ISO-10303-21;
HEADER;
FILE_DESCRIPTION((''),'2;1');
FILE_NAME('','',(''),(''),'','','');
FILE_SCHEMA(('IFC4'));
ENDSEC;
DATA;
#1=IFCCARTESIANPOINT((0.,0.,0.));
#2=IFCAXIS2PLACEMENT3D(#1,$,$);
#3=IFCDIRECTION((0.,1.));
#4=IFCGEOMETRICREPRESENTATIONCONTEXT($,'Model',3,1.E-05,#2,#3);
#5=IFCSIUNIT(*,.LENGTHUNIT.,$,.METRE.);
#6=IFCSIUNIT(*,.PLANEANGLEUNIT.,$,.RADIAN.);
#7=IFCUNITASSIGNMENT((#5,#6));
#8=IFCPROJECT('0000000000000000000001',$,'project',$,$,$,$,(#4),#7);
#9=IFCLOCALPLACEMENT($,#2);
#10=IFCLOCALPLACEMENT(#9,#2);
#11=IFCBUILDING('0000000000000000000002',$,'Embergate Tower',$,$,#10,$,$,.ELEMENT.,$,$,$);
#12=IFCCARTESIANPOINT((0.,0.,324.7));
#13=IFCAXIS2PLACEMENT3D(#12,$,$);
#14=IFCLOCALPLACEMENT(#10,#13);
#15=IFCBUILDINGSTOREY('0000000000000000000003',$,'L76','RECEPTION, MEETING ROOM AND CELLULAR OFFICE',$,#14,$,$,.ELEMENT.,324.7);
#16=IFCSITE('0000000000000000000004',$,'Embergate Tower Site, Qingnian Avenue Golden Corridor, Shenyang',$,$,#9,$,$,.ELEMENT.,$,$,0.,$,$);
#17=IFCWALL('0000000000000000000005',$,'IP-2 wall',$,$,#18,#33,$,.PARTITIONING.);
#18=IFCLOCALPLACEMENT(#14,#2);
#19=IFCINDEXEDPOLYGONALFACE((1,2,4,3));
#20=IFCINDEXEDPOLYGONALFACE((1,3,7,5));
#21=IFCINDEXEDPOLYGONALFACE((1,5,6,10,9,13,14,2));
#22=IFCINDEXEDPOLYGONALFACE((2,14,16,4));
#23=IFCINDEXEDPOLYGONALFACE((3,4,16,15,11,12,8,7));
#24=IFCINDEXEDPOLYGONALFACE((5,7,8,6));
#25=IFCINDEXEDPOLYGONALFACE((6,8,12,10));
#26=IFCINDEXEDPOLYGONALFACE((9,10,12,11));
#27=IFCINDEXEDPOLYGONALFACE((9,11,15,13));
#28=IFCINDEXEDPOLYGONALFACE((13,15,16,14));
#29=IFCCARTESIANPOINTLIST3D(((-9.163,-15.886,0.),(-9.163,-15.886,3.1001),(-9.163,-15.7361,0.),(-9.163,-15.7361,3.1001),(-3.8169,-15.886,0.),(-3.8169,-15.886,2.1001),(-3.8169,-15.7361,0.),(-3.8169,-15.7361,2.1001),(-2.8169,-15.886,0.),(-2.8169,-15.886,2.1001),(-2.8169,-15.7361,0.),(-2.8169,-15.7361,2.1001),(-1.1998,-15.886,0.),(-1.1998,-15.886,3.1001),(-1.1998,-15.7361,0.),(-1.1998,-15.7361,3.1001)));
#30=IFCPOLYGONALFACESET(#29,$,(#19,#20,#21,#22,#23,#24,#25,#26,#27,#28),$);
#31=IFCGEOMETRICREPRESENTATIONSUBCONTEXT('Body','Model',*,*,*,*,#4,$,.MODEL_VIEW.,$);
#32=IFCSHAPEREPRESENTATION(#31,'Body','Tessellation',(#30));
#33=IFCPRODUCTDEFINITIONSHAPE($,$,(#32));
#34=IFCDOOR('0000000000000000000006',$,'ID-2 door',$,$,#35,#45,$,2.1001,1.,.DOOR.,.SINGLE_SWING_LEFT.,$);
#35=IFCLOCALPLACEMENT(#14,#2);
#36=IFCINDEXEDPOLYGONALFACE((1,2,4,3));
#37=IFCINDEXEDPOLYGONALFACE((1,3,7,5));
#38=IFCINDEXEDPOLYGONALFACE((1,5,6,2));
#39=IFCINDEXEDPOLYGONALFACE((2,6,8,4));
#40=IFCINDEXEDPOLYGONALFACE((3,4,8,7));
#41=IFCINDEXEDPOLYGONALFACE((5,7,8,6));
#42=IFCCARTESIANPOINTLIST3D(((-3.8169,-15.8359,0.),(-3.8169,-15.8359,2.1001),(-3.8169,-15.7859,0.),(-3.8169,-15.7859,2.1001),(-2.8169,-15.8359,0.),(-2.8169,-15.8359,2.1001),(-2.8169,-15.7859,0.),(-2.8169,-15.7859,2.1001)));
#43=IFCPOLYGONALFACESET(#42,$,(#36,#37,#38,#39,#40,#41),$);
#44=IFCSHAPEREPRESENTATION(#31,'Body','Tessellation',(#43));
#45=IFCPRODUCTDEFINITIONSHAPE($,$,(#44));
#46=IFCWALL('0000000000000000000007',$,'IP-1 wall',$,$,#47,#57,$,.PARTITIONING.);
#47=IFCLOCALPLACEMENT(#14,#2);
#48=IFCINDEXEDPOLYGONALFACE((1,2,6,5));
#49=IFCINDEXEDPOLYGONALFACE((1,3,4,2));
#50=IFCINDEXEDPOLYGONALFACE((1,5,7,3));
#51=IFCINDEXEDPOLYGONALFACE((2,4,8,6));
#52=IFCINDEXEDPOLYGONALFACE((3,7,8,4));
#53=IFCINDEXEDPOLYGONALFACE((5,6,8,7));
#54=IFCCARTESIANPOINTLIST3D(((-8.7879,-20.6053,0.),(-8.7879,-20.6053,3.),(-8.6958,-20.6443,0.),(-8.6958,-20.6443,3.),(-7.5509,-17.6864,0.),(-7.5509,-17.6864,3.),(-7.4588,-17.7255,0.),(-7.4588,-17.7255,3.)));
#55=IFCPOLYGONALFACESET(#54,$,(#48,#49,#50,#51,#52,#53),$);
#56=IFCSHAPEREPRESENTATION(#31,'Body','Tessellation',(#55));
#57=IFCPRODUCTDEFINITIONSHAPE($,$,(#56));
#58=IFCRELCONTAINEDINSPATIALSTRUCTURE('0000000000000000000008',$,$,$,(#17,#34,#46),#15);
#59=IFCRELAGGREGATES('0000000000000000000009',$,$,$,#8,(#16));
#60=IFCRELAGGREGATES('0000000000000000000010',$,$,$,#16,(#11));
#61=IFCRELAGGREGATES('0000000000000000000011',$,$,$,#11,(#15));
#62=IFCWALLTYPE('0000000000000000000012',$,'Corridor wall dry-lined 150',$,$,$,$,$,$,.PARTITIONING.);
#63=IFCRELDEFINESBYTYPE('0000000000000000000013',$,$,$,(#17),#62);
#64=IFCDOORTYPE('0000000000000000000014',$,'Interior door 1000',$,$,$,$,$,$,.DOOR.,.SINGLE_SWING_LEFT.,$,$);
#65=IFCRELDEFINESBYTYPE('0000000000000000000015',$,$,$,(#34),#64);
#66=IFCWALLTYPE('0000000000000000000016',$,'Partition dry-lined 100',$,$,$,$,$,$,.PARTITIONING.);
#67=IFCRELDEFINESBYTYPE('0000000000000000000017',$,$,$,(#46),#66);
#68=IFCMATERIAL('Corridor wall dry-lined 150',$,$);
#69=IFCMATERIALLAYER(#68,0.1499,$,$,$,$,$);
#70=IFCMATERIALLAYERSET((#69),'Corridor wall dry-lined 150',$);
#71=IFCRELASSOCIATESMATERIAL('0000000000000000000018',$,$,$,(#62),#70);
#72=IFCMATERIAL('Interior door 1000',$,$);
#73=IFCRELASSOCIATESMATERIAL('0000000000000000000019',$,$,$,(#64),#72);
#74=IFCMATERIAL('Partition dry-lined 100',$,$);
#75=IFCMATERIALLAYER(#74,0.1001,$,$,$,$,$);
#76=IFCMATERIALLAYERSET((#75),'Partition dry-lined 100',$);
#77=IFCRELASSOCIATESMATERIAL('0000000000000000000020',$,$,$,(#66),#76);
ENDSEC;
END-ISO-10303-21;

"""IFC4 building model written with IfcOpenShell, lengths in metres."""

from ifc_helpers import new_model, si_unit, direction, frame, frame_2d, origin, place, context, subcontext, project, spatial, rectangle, extrude, source, transform, mapped, material, layer, layer_set, type_object, element, fill, save


model = new_model("IFC4")

# Units and contexts
model_context = context("Model", 3, precision=1e-05, world=origin(), true_north=direction((0.0, 1.0)))
body_context = subcontext(model_context, "Body", "Model", "MODEL_VIEW")
ifc_project = project(units=[si_unit("LENGTHUNIT", "METRE"), si_unit("PLANEANGLEUNIT", "RADIAN")], contexts=[model_context])

# Site, building, storey
site_placement = place(None, origin())
site = spatial("IfcSite", under=ifc_project, at=site_placement, Name="Embergate Tower Site, Qingnian Avenue Golden Corridor, Shenyang", CompositionType="ELEMENT", RefElevation=0.0)
building_placement = place(site_placement, origin())
building = spatial("IfcBuilding", under=site, at=building_placement, Name="Embergate Tower", CompositionType="ELEMENT")
storey_placement = place(building_placement, frame((0.0, 0.0, 324.7)))
storey = spatial("IfcBuildingStorey", under=building, at=storey_placement, Name="L76", Description="RECEPTION, MEETING ROOM AND CELLULAR OFFICE", CompositionType="ELEMENT", Elevation=324.7)

# Shared definitions
ifc_material_1 = material(Name="Corridor wall dry-lined 150")
ifc_layer_1 = layer(ifc_material_1, 0.1499)
ifc_layer_set_1 = layer_set([ifc_layer_1], Name="Corridor wall dry-lined 150")
wall_type_1 = type_object("IfcWallType", Name="Corridor wall dry-lined 150", PredefinedType="PARTITIONING", material=ifc_layer_set_1)
shared_shape_1 = source(origin(), body_context, "Body", "SweptSolid", [
    extrude(rectangle(XDim=1.0, YDim=2.1001, at=frame_2d((0.5, 1.05))), frame((0.0, 0.085, 0.0), z_axis=(0.0, -1.0, 0.0), x_axis=(1.0, 0.0, 0.0)), (0.0, 0.0, 1.0), 0.1699),
])
ifc_material_2 = material(Name="Interior door 1000")
door_type_1 = type_object("IfcDoorType", Name="Interior door 1000", OperationType="SINGLE_SWING_LEFT", PredefinedType="DOOR", material=ifc_material_2)
shared_shape_2 = source(origin(), body_context, "Body", "SweptSolid", [
    extrude(rectangle(XDim=1.0, YDim=2.1001, at=frame_2d((0.5, 1.05))), frame((0.0, 0.0249, 0.0), z_axis=(0.0, -1.0, 0.0), x_axis=(1.0, 0.0, 0.0)), (0.0, 0.0, 1.0), 0.05),
])

# Wall, opening, door
shared_shape_3 = source(origin(), body_context, "Body", "SweptSolid", [
    extrude(rectangle(XDim=7.9631, YDim=0.1499, at=frame_2d((3.9814, 0.0))), origin(), (0.0, 0.0, 1.0), 3.1001),
])
wall_1_placement = place(storey_placement, frame((-1.2, -15.811, 0.0), z_axis=(0.0, 0.0, 1.0), x_axis=(-1.0, 0.0, 0.0)))
wall_1 = element("IfcWall", 1, at=wall_1_placement, inside=storey, type_object=wall_type_1, Name="IP-2 wall", PredefinedType="PARTITIONING", context=body_context, shape_type="MappedRepresentation", body=[
    mapped(shared_shape_3, transform((0.0, 0.0, 0.0))),
])
opening_1_placement = place(wall_1_placement, frame((1.6169, 0.0, 0.0)))
opening_1 = element("IfcOpeningElement", 2, at=opening_1_placement, cuts=wall_1, PredefinedType="OPENING", context=body_context, shape_type="MappedRepresentation", body=[
    mapped(shared_shape_1, transform((0.0, 0.0, 0.0))),
])
door_1_placement = place(opening_1_placement, origin())
door_1 = element("IfcDoor", 3, at=door_1_placement, inside=storey, type_object=door_type_1, Name="ID-2 door", OperationType="SINGLE_SWING_LEFT", OverallHeight=2.1001, OverallWidth=1.0, PredefinedType="DOOR", context=body_context, shape_type="MappedRepresentation", body=[
    mapped(shared_shape_2, transform((0.0, 0.0, 0.0))),
])
fill(opening_1, door_1)

# Wall
ifc_material_3 = material(Name="Partition dry-lined 100")
ifc_layer_2 = layer(ifc_material_3, 0.1001)
ifc_layer_set_2 = layer_set([ifc_layer_2], Name="Partition dry-lined 100")
wall_type_2 = type_object("IfcWallType", Name="Partition dry-lined 100", PredefinedType="PARTITIONING", material=ifc_layer_set_2)
shared_shape_4 = source(origin(), body_context, "Body", "SweptSolid", [
    extrude(rectangle(XDim=3.1702, YDim=0.1001, at=frame_2d((1.585, 0.0))), origin(), (0.0, 0.0, 1.0), 3.0),
])
wall_2_placement = place(storey_placement, frame((-7.5049, -17.7061, 0.0), z_axis=(0.0, 0.0, 1.0), x_axis=(-0.390208, -0.920727, 0.0)))
element("IfcWall", 4, at=wall_2_placement, inside=storey, type_object=wall_type_2, Name="IP-1 wall", PredefinedType="PARTITIONING", context=body_context, shape_type="MappedRepresentation", body=[
    mapped(shared_shape_4, transform((0.0, 0.0, 0.0))),
])

save(model, "model.ifc")
